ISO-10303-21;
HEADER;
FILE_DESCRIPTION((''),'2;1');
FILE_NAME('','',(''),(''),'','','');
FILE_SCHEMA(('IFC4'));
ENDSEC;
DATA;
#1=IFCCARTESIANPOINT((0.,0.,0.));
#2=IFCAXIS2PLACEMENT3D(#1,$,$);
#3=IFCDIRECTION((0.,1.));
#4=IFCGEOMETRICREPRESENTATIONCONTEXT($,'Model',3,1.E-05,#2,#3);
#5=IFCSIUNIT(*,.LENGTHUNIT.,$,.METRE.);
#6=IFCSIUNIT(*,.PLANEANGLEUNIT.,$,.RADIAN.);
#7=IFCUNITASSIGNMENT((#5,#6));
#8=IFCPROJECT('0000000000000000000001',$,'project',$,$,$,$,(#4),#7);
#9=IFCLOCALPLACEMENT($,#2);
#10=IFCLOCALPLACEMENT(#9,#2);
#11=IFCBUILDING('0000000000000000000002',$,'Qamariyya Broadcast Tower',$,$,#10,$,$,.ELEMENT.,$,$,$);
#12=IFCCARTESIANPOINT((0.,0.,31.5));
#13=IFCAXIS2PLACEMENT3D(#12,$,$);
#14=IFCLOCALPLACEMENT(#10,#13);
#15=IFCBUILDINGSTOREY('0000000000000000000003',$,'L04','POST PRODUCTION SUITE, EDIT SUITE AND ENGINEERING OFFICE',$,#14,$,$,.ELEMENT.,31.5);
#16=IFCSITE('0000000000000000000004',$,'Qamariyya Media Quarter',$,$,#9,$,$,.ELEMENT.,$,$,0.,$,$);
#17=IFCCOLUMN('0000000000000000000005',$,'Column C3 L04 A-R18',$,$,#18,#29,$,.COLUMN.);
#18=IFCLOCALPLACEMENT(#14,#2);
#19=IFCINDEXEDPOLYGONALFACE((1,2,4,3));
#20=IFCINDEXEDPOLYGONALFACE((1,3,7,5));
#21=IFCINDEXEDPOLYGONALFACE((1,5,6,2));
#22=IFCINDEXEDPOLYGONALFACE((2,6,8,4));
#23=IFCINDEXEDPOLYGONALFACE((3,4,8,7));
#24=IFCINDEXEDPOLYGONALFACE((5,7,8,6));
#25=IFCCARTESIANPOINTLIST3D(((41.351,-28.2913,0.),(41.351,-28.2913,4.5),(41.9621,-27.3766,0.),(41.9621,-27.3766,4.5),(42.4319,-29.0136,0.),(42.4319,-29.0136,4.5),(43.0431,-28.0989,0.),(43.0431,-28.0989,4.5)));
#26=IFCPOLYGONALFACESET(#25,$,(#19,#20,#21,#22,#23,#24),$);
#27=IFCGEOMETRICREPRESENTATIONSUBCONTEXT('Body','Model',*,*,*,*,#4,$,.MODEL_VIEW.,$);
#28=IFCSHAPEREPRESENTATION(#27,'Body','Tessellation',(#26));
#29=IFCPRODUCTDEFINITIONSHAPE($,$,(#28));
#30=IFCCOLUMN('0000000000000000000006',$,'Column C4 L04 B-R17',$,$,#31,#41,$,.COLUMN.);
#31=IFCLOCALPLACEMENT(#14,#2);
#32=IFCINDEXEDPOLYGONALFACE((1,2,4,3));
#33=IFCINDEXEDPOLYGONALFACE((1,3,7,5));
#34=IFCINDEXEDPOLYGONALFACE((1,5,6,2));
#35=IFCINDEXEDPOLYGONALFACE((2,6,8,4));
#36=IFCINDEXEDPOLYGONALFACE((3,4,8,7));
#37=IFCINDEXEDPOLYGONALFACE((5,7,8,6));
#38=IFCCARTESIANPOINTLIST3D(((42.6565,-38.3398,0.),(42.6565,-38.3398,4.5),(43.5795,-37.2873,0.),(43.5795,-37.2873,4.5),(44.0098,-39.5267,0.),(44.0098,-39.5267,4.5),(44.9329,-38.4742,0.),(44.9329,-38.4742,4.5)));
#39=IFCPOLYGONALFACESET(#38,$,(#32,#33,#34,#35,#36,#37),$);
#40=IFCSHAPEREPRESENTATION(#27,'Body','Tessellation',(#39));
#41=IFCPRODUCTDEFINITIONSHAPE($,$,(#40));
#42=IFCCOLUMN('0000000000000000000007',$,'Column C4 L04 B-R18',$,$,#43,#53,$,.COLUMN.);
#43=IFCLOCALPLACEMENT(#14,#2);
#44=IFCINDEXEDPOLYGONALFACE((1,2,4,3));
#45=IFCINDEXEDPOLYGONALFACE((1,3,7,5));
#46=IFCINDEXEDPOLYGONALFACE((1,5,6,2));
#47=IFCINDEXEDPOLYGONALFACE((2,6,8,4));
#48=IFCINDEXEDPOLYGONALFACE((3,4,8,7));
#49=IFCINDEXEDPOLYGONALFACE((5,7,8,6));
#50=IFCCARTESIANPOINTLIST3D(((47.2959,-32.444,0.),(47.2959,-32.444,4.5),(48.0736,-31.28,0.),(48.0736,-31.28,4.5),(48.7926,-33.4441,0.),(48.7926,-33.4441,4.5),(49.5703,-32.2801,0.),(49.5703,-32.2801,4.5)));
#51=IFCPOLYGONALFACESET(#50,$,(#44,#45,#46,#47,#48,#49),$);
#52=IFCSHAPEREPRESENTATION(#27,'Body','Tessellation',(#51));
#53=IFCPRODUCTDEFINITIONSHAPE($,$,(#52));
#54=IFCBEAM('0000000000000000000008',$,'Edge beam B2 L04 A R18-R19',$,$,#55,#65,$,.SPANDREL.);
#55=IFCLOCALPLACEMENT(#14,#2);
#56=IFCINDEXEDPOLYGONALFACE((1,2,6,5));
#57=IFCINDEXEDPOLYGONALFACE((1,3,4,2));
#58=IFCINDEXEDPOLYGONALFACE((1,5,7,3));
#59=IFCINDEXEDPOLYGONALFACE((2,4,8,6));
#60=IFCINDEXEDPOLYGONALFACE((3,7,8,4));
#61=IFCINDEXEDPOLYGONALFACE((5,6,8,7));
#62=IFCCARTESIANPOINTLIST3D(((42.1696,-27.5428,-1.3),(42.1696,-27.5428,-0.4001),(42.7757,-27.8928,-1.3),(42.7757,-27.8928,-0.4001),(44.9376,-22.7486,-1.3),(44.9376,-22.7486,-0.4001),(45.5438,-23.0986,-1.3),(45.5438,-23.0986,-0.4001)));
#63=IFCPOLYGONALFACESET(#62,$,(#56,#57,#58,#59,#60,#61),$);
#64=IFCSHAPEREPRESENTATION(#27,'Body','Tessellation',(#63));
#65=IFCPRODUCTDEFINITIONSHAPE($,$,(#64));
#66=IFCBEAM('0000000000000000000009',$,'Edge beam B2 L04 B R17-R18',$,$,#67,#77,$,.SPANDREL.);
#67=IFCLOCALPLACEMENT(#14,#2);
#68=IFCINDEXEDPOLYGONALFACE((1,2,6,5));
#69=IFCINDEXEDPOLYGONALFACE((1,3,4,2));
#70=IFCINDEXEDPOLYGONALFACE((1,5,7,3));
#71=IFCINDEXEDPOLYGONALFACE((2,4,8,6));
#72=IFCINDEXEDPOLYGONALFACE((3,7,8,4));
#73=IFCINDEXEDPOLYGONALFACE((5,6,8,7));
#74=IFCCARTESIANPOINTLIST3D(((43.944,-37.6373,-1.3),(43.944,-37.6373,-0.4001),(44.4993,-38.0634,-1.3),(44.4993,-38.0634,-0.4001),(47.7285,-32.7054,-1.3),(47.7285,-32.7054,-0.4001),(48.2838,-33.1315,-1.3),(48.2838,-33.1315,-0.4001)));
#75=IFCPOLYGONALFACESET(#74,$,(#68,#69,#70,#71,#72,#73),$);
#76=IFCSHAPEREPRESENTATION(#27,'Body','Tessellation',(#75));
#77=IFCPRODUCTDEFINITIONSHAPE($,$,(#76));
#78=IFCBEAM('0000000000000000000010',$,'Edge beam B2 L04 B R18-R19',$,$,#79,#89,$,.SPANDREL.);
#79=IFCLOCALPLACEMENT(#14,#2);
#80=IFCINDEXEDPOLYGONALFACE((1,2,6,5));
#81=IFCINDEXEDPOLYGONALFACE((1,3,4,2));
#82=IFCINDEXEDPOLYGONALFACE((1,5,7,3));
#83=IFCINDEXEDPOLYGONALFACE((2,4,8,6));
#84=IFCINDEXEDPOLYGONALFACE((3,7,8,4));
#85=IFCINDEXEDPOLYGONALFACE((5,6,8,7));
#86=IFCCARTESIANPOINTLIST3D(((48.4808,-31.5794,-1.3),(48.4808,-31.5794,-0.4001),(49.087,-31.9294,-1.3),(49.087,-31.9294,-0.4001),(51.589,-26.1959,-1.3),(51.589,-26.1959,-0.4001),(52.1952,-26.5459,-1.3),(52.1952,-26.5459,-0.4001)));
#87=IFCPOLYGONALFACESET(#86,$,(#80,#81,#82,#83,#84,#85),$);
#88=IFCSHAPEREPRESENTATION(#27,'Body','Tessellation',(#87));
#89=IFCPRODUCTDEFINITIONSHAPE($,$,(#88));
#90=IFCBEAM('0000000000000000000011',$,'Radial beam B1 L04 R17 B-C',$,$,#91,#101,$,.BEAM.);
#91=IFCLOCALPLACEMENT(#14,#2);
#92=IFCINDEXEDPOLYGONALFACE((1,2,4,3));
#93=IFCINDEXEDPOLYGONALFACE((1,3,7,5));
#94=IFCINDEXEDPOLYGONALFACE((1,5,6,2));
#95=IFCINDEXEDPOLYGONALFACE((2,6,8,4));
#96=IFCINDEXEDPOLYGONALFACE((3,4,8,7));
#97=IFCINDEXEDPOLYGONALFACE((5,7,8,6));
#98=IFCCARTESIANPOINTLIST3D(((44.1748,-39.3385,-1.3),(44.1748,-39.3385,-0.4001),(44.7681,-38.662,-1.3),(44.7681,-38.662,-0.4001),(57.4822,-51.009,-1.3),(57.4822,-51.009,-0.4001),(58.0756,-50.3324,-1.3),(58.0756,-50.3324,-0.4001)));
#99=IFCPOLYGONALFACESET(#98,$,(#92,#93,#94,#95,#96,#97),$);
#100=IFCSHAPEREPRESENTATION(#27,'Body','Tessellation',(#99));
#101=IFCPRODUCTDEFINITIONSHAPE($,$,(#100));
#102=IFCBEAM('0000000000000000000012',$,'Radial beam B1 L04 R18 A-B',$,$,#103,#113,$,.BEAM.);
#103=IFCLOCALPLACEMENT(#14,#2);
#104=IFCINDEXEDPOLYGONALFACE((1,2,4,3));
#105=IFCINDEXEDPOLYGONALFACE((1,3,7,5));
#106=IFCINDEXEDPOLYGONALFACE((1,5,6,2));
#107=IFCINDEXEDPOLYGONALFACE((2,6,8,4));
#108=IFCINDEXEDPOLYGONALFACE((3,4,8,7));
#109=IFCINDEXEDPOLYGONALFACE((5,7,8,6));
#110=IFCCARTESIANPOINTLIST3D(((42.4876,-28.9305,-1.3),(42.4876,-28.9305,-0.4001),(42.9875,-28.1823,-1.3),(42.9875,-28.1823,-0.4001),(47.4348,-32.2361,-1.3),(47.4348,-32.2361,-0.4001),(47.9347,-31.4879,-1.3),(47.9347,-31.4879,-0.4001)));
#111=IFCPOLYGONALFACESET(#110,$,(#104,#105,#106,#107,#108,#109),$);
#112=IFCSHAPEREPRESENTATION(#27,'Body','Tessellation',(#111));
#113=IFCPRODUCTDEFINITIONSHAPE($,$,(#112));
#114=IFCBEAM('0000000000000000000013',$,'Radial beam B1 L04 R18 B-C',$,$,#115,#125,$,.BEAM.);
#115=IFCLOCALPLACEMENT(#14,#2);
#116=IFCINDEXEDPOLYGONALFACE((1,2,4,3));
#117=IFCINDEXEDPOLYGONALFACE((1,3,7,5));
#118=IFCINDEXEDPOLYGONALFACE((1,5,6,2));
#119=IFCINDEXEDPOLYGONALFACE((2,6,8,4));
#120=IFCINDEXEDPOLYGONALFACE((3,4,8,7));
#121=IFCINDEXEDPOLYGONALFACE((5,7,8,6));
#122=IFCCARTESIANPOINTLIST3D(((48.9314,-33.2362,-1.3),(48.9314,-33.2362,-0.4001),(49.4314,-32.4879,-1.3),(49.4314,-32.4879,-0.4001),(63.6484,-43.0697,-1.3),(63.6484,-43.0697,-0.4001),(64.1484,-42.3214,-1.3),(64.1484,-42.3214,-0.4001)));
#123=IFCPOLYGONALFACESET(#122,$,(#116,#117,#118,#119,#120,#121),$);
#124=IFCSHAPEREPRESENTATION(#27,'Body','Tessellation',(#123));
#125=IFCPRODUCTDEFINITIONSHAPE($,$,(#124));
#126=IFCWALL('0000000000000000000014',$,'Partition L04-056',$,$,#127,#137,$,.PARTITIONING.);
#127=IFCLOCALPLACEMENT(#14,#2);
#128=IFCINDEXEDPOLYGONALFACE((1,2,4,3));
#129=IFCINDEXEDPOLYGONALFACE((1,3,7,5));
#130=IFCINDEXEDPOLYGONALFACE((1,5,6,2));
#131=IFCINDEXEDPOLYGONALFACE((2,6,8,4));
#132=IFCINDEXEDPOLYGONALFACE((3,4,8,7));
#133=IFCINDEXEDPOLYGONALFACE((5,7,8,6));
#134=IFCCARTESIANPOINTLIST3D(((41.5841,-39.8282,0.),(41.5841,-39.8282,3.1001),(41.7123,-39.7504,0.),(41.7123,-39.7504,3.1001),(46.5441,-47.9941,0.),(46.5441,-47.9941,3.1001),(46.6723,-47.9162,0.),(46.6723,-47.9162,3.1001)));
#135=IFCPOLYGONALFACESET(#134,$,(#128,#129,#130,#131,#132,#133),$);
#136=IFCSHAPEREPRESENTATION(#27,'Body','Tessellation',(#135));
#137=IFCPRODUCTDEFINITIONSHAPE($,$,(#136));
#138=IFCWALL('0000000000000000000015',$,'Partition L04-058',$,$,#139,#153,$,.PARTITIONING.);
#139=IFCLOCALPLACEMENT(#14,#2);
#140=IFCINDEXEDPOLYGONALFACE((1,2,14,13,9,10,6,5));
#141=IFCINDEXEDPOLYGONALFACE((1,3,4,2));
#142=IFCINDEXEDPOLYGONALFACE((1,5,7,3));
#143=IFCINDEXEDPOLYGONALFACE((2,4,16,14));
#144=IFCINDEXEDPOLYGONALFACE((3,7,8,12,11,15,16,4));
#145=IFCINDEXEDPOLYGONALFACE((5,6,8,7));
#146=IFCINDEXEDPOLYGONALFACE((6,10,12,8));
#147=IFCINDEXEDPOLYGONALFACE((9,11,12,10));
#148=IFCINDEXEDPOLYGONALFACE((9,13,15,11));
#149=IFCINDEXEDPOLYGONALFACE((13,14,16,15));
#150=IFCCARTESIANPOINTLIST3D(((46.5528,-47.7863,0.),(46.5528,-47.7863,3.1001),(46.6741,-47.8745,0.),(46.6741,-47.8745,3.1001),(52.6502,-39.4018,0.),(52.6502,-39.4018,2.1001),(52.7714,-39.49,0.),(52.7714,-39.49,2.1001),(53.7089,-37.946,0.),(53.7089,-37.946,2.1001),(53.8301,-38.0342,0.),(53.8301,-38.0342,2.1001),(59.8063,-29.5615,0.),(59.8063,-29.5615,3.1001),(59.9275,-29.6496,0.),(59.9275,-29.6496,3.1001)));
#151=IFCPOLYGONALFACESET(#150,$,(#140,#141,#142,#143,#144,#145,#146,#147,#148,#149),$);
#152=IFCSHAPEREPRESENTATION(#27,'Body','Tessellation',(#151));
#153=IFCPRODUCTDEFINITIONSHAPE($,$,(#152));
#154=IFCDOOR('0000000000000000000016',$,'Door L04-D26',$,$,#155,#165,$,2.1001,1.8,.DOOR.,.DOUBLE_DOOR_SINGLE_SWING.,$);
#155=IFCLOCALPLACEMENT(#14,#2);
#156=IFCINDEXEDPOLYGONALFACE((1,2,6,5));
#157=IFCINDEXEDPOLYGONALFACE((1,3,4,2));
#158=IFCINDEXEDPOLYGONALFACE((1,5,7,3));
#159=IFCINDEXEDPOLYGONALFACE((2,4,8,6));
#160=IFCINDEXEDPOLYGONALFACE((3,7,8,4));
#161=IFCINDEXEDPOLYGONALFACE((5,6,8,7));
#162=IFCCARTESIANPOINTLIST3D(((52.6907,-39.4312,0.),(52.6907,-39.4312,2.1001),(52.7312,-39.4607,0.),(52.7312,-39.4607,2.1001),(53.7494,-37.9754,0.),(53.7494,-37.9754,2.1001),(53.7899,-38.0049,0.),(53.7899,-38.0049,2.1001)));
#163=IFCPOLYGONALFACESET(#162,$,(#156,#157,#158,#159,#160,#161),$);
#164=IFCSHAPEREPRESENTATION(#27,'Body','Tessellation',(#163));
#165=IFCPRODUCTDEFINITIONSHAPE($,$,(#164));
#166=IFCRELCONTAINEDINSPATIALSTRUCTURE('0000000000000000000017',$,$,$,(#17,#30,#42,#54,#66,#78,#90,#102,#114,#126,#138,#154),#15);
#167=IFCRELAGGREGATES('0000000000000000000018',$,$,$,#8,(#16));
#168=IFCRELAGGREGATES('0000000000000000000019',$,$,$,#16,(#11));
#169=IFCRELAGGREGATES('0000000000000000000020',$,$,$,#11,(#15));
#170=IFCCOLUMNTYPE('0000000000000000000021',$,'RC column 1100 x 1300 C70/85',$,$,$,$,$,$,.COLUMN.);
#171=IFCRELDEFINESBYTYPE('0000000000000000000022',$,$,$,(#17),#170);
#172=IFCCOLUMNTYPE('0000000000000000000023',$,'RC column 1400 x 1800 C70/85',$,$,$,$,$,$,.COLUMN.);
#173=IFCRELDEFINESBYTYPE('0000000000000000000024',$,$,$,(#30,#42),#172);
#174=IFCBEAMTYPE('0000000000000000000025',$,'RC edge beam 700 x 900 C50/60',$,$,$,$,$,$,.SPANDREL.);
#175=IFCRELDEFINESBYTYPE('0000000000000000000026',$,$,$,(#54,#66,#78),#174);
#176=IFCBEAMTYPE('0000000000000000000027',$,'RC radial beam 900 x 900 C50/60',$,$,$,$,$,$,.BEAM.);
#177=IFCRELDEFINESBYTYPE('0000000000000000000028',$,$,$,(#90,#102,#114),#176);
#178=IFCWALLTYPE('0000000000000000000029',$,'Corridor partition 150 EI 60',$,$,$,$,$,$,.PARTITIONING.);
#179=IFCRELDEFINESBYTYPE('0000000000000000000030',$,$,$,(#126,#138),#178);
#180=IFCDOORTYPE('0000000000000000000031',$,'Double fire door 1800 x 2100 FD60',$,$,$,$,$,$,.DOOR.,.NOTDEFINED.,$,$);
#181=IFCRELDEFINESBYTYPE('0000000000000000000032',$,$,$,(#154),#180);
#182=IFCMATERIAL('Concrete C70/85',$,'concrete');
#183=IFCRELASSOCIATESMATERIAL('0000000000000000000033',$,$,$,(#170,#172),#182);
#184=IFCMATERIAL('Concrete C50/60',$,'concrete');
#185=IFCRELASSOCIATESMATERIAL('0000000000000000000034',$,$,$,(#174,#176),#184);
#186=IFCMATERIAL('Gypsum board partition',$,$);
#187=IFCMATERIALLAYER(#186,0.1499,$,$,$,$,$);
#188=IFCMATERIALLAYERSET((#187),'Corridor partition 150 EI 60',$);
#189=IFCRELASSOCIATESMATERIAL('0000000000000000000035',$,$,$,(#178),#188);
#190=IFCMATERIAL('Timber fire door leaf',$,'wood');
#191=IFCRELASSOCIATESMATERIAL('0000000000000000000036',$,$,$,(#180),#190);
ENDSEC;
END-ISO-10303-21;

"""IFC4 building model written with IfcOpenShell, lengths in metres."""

from ifc_helpers import new_model, si_unit, direction, frame, frame_2d, origin, origin_2d, place, context, subcontext, project, spatial, rectangle, extrude, material, layer, layer_set, material_profile, profile_set, type_object, element, fill, save


model = new_model("IFC4")

# Units and contexts
model_context = context("Model", 3, precision=1e-05, world=origin(), true_north=direction((0.0, 1.0)))
body_context = subcontext(model_context, "Body", "Model", "MODEL_VIEW")
ifc_project = project(units=[si_unit("LENGTHUNIT", "METRE"), si_unit("PLANEANGLEUNIT", "RADIAN")], contexts=[model_context])

# Site, building, storey
site_placement = place(None, origin())
site = spatial("IfcSite", under=ifc_project, at=site_placement, Name="Qamariyya Media Quarter", CompositionType="ELEMENT", RefElevation=0.0)
building_placement = place(site_placement, origin())
building = spatial("IfcBuilding", under=site, at=building_placement, Name="Qamariyya Broadcast Tower", CompositionType="ELEMENT")
storey_placement = place(building_placement, frame((0.0, 0.0, 31.5)))
storey = spatial("IfcBuildingStorey", under=building, at=storey_placement, Name="L04", Description="POST PRODUCTION SUITE, EDIT SUITE AND ENGINEERING OFFICE", CompositionType="ELEMENT", Elevation=31.5)

# Columns
ifc_material_1 = material(Name="Concrete C70/85", Category="concrete")
ifc_material_profile_1 = material_profile(ifc_material_1, rectangle(XDim=1.1001, YDim=1.3, at=origin_2d()))
ifc_profile_set_1 = profile_set([ifc_material_profile_1], Name="Concrete C70/85")
column_type_1 = type_object("IfcColumnType", Name="RC column 1100 x 1300 C70/85", PredefinedType="COLUMN", material=ifc_profile_set_1)
column_placement = place(storey_placement, frame((42.197, -28.1951, 0.0), z_axis=(0.0, 0.0, 1.0), x_axis=(0.55557, 0.83147, 0.0)))
element("IfcColumn", 1, at=column_placement, inside=storey, type_object=column_type_1, Name="Column C3 L04 A-R18", PredefinedType="COLUMN", context=body_context, shape_type="SweptSolid", body=[
    extrude(rectangle(XDim=1.1001, YDim=1.3, at=origin_2d()), origin(), (0.0, 0.0, 1.0), 4.5),
])
ifc_material_profile_2 = material_profile(ifc_material_1, rectangle(XDim=1.3999, YDim=1.8, at=origin_2d()))
ifc_profile_set_2 = profile_set([ifc_material_profile_2], Name="Concrete C70/85")
column_type_2 = type_object("IfcColumnType", Name="RC column 1400 x 1800 C70/85", PredefinedType="COLUMN", material=ifc_profile_set_2)
for number, where, z_axis, x_axis, name in (
    (2, (43.7947, -38.407, 0.0), (0.0, 0.0, 1.0), (0.659346, 0.75184, 0.0), "Column C4 L04 B-R17"),
    (3, (48.4331, -32.3621, 0.0), (0.0, 0.0, 1.0), (0.55557, 0.83147, 0.0), "Column C4 L04 B-R18"),
):
    element("IfcColumn", number, at=place(storey_placement, frame(where, z_axis=z_axis, x_axis=x_axis)), inside=storey, type_object=column_type_2, Name=name, PredefinedType="COLUMN", context=body_context, shape_type="SweptSolid", body=[
        extrude(rectangle(XDim=1.3999, YDim=1.8, at=origin_2d()), origin(), (0.0, 0.0, 1.0), 4.5),
    ])

# Beams
ifc_material_2 = material(Name="Concrete C50/60", Category="concrete")
ifc_material_profile_3 = material_profile(ifc_material_2, rectangle(XDim=0.7, YDim=0.8999, at=origin_2d()))
ifc_profile_set_3 = profile_set([ifc_material_profile_3], Name="Concrete C50/60")
beam_type_1 = type_object("IfcBeamType", Name="RC edge beam 700 x 900 C50/60", PredefinedType="SPANDREL", material=ifc_profile_set_3)
beam_1_placement = place(storey_placement, frame((42.4727, -27.7178, -0.8501), z_axis=(0.500019, 0.866014, 0.0), x_axis=(-0.866014, 0.500019, 0.0)))
element("IfcBeam", 4, at=beam_1_placement, inside=storey, type_object=beam_type_1, Name="Edge beam B2 L04 A R18-R19", PredefinedType="SPANDREL", context=body_context, shape_type="SweptSolid", body=[
    extrude(rectangle(XDim=0.7, YDim=0.8999, at=origin_2d()), origin(), (0.0, 0.0, 1.0), 5.5359),
])
beam_2_placement = place(storey_placement, frame((44.2217, -37.8503, -0.8501), z_axis=(0.608767, 0.793349, 0.0), x_axis=(-0.793349, 0.608767, 0.0)))
element("IfcBeam", 5, at=beam_2_placement, inside=storey, type_object=beam_type_1, Name="Edge beam B2 L04 B R17-R18", PredefinedType="SPANDREL", context=body_context, shape_type="SweptSolid", body=[
    extrude(rectangle(XDim=0.7, YDim=0.8999, at=origin_2d()), origin(), (0.0, 0.0, 1.0), 6.2166),
])
beam_3_placement = place(storey_placement, frame((48.7839, -31.7544, -0.8501), z_axis=(0.499996, 0.866028, 0.0), x_axis=(-0.866028, 0.499996, 0.0)))
element("IfcBeam", 6, at=beam_3_placement, inside=storey, type_object=beam_type_1, Name="Edge beam B2 L04 B R18-R19", PredefinedType="SPANDREL", context=body_context, shape_type="SweptSolid", body=[
    extrude(rectangle(XDim=0.7, YDim=0.8999, at=origin_2d()), origin(), (0.0, 0.0, 1.0), 6.2163),
])
ifc_material_profile_4 = material_profile(ifc_material_2, rectangle(XDim=0.8999, YDim=0.8999, at=origin_2d()))
ifc_profile_set_4 = profile_set([ifc_material_profile_4], Name="Concrete C50/60")
beam_type_2 = type_object("IfcBeamType", Name="RC radial beam 900 x 900 C50/60", PredefinedType="BEAM", material=ifc_profile_set_4)
beam_4_placement = place(storey_placement, frame((44.4714, -39.0002, -0.8501), z_axis=(0.751835, -0.659351, 0.0), x_axis=(0.659351, 0.751835, 0.0)))
element("IfcBeam", 7, at=beam_4_placement, inside=storey, type_object=beam_type_2, Name="Radial beam B1 L04 R17 B-C", PredefinedType="BEAM", context=body_context, shape_type="SweptSolid", body=[
    extrude(rectangle(XDim=0.8999, YDim=0.8999, at=origin_2d()), origin(), (0.0, 0.0, 1.0), 17.7),
])
beam_5_placement = place(storey_placement, frame((42.7375, -28.5564, -0.8501), z_axis=(0.831469, -0.555571, 0.0), x_axis=(0.555571, 0.831469, 0.0)))
element("IfcBeam", 8, at=beam_5_placement, inside=storey, type_object=beam_type_2, Name="Radial beam B1 L04 R18 A-B", PredefinedType="BEAM", context=body_context, shape_type="SweptSolid", body=[
    extrude(rectangle(XDim=0.8999, YDim=0.8999, at=origin_2d()), origin(), (0.0, 0.0, 1.0), 5.95),
])
beam_6_placement = place(storey_placement, frame((49.1814, -32.8621, -0.8501), z_axis=(0.831473, -0.555566, 0.0), x_axis=(0.555566, 0.831473, 0.0)))
element("IfcBeam", 9, at=beam_6_placement, inside=storey, type_object=beam_type_2, Name="Radial beam B1 L04 R18 B-C", PredefinedType="BEAM", context=body_context, shape_type="SweptSolid", body=[
    extrude(rectangle(XDim=0.8999, YDim=0.8999, at=origin_2d()), origin(), (0.0, 0.0, 1.0), 17.7),
])

# Wall
ifc_material_3 = material(Name="Gypsum board partition")
ifc_layer_1 = layer(ifc_material_3, 0.1499)
ifc_layer_set_1 = layer_set([ifc_layer_1], Name="Corridor partition 150 EI 60")
wall_type_1 = type_object("IfcWallType", Name="Corridor partition 150 EI 60", PredefinedType="PARTITIONING", material=ifc_layer_set_1)
wall_1_placement = place(storey_placement, frame((41.6482, -39.7893, 0.0), z_axis=(0.0, 0.0, 1.0), x_axis=(0.519144, -0.854687, 0.0)))
element("IfcWall", 10, at=wall_1_placement, inside=storey, type_object=wall_type_1, Name="Partition L04-056", PredefinedType="PARTITIONING", context=body_context, shape_type="SweptSolid", body=[
    extrude(rectangle(XDim=9.5542, YDim=0.1499, at=frame_2d((4.7771, 0.0))), origin(), (0.0, 0.0, 1.0), 3.1001),
])

# Wall, opening, door
wall_2_placement = place(storey_placement, frame((46.6135, -47.8303, 0.0), z_axis=(0.0, 0.0, 1.0), x_axis=(0.588142, 0.808758, 0.0)))
wall_2 = element("IfcWall", 11, at=wall_2_placement, inside=storey, type_object=wall_type_1, Name="Partition L04-058", PredefinedType="PARTITIONING", context=body_context, shape_type="SweptSolid", body=[
    extrude(rectangle(XDim=22.5344, YDim=0.1499, at=frame_2d((11.2671, 0.0))), origin(), (0.0, 0.0, 1.0), 3.1001),
])
opening_1_placement = place(wall_2_placement, frame((10.3672, 0.0, 0.0)))
opening_1 = element("IfcOpeningElement", 12, at=opening_1_placement, cuts=wall_2, PredefinedType="OPENING", context=body_context, shape_type="SweptSolid", body=[
    extrude(rectangle(XDim=1.8, YDim=2.1001, at=frame_2d((0.8999, 1.05))), frame((0.0, 0.085, 0.0), z_axis=(0.0, -1.0, 0.0), x_axis=(1.0, 0.0, 0.0)), (0.0, 0.0, 1.0), 0.1699),
])
ifc_material_4 = material(Name="Timber fire door leaf", Category="wood")
door_type = type_object("IfcDoorType", Name="Double fire door 1800 x 2100 FD60", OperationType="NOTDEFINED", PredefinedType="DOOR", material=ifc_material_4)
door_placement = place(opening_1_placement, origin())
door = element("IfcDoor", 13, at=door_placement, inside=storey, type_object=door_type, Name="Door L04-D26", OperationType="DOUBLE_DOOR_SINGLE_SWING", OverallHeight=2.1001, OverallWidth=1.8, PredefinedType="DOOR", context=body_context, shape_type="SweptSolid", body=[
    extrude(rectangle(XDim=1.8, YDim=2.1001, at=frame_2d((0.8999, 1.05))), frame((0.0, 0.0249, 0.0), z_axis=(0.0, -1.0, 0.0), x_axis=(1.0, 0.0, 0.0)), (0.0, 0.0, 1.0), 0.05),
])
fill(opening_1, door)

save(model, "model.ifc")
